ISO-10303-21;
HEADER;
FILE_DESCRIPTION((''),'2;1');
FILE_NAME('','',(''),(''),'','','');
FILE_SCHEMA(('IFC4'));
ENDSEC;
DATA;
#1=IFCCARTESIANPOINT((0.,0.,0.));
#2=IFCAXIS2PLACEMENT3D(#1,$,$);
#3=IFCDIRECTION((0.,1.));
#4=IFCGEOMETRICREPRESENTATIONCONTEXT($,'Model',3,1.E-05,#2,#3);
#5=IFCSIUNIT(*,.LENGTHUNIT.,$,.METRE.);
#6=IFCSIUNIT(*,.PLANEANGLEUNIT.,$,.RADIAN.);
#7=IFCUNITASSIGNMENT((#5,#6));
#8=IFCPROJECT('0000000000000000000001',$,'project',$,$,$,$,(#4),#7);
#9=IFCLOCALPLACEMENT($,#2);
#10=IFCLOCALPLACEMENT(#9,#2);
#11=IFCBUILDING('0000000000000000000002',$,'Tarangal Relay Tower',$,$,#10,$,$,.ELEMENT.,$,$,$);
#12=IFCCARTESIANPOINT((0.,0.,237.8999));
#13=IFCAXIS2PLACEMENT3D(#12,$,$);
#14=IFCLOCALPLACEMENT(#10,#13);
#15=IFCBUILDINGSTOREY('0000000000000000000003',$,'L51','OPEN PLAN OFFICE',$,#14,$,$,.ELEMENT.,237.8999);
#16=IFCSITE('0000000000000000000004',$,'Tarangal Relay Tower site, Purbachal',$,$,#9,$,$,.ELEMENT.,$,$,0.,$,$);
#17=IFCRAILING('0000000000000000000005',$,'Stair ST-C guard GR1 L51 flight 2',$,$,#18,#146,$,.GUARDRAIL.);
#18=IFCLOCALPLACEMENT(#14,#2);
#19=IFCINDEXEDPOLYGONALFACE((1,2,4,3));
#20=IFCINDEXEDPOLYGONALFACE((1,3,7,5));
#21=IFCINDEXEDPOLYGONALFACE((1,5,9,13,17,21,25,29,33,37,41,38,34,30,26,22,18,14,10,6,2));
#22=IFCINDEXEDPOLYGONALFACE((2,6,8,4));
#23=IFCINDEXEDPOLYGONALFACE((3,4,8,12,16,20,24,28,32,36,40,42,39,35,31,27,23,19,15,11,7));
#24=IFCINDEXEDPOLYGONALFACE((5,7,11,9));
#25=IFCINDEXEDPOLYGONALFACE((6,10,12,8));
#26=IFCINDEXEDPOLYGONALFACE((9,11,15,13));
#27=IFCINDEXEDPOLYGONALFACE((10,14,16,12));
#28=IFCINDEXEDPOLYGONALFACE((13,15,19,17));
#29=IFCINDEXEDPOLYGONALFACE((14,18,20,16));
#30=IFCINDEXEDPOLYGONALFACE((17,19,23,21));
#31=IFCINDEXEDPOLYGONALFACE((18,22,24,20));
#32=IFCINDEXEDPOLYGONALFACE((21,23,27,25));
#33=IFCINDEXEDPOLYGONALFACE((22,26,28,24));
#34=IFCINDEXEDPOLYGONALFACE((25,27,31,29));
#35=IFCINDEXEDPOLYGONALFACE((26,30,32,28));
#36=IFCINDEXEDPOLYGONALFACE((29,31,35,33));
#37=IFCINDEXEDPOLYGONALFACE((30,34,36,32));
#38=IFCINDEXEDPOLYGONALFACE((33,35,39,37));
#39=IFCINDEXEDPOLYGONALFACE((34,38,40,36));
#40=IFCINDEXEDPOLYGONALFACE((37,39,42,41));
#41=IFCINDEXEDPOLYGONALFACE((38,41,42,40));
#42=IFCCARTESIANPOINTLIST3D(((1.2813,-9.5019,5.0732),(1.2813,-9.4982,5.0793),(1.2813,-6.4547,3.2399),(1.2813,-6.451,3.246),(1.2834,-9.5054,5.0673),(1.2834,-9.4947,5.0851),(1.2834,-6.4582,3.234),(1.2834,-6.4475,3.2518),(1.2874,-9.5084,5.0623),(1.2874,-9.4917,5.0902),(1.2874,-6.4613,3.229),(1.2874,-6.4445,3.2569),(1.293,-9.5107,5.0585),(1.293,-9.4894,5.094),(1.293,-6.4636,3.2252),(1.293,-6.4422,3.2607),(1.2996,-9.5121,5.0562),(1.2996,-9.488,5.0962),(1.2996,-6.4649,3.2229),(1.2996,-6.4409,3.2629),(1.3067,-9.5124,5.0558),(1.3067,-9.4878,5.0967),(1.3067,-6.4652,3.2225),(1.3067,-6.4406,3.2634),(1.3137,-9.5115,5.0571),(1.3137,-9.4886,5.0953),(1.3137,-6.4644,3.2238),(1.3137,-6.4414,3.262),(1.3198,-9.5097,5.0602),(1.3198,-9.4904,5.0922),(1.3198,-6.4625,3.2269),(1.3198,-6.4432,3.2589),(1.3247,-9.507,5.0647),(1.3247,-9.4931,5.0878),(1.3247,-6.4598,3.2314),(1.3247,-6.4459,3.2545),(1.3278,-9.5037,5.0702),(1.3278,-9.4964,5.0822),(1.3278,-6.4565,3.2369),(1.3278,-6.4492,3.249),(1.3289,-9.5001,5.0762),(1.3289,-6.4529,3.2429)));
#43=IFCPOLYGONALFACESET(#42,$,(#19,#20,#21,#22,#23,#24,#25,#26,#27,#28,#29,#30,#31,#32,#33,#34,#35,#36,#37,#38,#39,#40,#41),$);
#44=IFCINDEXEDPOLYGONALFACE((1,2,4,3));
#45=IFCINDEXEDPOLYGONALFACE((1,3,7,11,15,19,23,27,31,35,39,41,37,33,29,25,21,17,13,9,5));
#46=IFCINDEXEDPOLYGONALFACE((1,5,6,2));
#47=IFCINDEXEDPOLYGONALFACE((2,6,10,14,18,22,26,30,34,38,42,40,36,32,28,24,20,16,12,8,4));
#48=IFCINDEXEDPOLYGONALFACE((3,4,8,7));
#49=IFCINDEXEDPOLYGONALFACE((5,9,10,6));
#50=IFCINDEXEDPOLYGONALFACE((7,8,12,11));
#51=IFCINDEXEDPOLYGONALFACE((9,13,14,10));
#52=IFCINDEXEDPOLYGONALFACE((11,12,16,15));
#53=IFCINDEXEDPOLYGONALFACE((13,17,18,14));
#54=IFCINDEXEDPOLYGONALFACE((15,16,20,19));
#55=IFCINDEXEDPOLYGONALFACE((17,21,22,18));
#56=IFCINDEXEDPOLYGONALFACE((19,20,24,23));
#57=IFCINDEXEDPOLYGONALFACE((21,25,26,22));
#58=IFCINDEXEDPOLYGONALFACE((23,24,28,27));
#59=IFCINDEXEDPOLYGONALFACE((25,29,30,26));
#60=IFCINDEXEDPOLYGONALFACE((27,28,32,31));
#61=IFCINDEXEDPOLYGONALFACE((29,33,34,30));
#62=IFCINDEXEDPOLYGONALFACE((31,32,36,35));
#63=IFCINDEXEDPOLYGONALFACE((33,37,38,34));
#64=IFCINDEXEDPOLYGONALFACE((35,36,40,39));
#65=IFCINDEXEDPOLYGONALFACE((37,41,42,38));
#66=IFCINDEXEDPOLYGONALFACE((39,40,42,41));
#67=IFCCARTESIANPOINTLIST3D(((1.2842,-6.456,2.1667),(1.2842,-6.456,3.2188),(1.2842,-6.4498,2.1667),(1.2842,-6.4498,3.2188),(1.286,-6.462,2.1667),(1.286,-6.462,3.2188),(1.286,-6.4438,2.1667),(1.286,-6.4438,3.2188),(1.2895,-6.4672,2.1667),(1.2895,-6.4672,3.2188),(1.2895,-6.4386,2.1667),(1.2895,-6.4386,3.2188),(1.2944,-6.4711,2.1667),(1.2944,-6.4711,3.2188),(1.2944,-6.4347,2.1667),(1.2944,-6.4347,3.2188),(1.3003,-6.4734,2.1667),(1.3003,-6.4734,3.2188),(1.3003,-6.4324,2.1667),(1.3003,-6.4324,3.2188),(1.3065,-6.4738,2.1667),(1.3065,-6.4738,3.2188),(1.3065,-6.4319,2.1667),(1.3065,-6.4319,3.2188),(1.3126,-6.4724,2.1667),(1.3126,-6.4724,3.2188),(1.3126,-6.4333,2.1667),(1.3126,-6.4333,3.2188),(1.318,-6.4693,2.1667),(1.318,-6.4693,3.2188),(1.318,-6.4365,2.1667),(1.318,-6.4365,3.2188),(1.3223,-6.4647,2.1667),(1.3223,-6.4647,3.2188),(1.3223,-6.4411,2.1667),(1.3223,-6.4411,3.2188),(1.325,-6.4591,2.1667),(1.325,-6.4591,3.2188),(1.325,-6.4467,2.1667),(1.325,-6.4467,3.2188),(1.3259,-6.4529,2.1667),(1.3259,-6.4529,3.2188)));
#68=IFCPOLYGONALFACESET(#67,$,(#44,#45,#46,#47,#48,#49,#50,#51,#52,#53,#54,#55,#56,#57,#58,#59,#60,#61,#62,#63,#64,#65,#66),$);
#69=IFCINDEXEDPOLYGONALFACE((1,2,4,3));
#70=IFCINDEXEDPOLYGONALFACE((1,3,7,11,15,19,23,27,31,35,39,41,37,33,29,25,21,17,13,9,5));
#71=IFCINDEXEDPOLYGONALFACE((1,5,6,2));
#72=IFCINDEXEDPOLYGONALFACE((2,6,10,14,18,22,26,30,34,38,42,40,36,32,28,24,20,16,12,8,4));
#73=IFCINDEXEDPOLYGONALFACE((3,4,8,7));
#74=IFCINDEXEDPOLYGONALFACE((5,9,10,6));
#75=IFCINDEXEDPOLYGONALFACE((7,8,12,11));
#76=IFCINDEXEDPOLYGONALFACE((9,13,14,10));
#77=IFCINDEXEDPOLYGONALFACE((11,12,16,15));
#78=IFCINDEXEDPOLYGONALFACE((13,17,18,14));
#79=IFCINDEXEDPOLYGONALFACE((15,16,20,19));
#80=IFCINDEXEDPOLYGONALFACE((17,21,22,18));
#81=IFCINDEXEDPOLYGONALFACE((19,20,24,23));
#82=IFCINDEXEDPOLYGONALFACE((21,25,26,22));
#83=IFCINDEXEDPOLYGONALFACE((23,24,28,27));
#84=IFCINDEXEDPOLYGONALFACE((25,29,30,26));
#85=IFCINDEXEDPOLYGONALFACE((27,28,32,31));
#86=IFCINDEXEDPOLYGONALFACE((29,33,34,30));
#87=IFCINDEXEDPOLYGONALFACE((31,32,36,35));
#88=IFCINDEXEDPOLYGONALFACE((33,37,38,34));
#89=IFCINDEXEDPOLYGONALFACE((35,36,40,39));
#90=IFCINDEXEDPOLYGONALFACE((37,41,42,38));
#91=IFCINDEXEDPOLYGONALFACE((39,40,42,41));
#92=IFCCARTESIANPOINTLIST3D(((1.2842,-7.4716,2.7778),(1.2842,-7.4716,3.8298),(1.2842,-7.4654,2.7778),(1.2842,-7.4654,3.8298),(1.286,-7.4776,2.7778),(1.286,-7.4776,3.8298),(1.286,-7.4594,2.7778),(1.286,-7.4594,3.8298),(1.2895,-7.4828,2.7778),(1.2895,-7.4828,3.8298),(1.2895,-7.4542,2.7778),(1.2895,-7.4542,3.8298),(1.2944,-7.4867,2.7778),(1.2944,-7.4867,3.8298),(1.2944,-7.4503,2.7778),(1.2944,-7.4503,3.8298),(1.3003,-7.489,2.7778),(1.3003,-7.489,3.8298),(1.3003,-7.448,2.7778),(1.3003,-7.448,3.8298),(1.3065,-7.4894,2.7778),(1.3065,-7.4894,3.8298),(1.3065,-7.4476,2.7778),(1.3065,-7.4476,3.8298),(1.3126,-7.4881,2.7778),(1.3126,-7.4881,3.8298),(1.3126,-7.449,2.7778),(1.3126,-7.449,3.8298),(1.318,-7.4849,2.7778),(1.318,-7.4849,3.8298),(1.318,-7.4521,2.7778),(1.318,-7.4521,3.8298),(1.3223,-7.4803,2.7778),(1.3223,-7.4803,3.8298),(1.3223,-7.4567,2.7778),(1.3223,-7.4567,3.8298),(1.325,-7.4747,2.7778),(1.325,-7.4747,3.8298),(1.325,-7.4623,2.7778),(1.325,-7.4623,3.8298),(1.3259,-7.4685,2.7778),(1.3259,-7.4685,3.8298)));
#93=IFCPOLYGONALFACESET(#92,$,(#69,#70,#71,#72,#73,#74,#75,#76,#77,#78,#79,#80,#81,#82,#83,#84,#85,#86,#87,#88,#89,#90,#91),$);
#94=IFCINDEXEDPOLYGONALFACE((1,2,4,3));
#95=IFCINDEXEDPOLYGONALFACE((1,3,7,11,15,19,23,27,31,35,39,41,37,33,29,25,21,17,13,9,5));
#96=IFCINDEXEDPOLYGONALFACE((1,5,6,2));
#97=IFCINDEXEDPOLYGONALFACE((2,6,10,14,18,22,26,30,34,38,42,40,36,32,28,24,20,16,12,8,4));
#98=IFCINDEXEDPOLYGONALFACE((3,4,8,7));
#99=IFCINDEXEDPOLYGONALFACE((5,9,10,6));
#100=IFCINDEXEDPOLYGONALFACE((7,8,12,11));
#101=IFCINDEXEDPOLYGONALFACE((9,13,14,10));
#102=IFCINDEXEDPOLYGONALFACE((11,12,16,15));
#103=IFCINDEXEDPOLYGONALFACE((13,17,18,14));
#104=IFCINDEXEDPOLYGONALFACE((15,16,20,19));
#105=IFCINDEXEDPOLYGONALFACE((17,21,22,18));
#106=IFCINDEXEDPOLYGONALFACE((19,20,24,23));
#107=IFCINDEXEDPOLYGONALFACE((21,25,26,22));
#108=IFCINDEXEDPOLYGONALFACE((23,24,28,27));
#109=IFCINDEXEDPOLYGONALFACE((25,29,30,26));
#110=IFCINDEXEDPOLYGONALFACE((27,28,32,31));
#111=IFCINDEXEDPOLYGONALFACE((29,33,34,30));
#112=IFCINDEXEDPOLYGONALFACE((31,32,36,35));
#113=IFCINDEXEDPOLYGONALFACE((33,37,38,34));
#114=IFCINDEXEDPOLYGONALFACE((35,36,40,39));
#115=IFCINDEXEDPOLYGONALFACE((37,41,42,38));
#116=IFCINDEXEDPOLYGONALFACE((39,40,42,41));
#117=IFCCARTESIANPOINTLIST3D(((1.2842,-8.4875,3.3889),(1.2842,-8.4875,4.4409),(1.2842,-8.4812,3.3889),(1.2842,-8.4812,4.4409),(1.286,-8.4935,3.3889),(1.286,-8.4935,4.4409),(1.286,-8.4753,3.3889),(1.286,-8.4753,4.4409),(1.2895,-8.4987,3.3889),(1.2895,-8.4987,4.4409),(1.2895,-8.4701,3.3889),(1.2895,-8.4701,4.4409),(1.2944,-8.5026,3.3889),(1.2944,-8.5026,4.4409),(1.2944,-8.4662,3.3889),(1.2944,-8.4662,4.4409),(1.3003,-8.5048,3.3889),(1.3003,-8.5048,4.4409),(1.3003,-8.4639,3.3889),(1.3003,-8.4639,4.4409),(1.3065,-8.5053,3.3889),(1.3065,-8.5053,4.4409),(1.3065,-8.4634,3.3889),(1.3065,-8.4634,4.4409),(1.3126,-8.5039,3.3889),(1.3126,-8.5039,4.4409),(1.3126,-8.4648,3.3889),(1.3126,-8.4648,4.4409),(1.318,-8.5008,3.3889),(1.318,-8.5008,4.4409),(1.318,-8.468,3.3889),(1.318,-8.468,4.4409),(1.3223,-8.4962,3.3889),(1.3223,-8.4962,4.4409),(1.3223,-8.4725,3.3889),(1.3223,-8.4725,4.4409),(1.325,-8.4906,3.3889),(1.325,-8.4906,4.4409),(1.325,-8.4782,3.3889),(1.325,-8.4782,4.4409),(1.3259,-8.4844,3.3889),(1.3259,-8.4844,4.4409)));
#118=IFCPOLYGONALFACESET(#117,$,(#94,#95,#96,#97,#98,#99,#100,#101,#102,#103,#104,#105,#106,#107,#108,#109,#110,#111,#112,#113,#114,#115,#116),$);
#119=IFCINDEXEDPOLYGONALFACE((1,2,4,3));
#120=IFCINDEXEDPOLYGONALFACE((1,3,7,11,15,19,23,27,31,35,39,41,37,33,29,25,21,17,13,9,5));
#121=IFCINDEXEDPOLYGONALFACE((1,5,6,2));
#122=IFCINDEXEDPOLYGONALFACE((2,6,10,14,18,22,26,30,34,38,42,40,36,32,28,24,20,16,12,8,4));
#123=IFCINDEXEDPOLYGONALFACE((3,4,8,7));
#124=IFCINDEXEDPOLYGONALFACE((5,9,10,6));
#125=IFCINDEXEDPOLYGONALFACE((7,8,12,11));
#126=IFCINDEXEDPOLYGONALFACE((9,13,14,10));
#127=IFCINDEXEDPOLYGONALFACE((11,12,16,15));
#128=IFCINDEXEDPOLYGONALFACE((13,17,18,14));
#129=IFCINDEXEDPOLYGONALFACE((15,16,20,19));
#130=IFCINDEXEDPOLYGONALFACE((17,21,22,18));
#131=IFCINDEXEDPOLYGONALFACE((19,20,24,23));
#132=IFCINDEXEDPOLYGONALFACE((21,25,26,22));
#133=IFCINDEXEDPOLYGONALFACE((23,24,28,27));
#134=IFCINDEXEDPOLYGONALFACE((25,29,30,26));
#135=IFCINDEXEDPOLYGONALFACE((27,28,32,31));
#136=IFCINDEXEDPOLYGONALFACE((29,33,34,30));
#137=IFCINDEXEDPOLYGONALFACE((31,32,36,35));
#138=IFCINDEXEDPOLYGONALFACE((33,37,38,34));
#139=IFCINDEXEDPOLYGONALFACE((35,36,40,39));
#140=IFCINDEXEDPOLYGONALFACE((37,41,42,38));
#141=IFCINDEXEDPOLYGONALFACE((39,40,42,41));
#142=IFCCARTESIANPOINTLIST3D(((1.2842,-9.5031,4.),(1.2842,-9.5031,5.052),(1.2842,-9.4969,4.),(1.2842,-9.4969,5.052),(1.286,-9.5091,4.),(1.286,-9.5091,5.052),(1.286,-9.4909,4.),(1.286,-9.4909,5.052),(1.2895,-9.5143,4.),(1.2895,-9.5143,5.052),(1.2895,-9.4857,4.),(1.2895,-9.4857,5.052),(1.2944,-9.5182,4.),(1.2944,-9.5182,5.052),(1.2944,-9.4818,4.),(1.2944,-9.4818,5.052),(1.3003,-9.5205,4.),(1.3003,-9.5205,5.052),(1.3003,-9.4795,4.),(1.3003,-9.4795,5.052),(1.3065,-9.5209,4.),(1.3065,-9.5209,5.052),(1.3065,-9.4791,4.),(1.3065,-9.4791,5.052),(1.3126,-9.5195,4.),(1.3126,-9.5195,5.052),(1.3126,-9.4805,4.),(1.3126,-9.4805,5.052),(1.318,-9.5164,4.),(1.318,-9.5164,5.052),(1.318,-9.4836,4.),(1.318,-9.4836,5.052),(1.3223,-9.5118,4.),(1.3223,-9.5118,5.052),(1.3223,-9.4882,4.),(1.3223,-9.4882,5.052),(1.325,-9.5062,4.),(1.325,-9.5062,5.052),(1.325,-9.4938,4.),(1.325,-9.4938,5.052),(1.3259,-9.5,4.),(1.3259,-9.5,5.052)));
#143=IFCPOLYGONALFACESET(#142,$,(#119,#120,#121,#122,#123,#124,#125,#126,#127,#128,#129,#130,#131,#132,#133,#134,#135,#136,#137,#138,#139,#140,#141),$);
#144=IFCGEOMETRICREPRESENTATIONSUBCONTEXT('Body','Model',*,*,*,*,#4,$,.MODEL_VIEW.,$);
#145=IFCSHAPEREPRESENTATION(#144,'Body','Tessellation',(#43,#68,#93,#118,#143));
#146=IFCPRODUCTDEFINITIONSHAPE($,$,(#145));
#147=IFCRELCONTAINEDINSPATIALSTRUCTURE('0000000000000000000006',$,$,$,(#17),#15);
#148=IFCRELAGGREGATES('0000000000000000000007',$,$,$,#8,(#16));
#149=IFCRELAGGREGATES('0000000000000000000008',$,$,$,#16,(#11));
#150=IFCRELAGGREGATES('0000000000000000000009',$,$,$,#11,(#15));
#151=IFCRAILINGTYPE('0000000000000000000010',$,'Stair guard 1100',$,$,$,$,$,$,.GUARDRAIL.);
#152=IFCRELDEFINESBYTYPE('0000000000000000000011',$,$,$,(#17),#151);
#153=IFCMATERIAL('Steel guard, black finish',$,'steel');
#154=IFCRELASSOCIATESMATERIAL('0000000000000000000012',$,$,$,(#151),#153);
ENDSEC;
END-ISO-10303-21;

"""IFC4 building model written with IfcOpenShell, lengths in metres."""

from ifc_helpers import new_model, si_unit, direction, frame, origin, origin_2d, place, context, subcontext, project, spatial, circle, extrude, material, type_object, element, save


model = new_model("IFC4")

# Units and contexts
model_context = context("Model", 3, precision=1e-05, world=origin(), true_north=direction((0.0, 1.0)))
body_context = subcontext(model_context, "Body", "Model", "MODEL_VIEW")
ifc_project = project(units=[si_unit("LENGTHUNIT", "METRE"), si_unit("PLANEANGLEUNIT", "RADIAN")], contexts=[model_context])

# Site, building, storey
site_placement = place(None, origin())
site = spatial("IfcSite", under=ifc_project, at=site_placement, Name="Tarangal Relay Tower site, Purbachal", CompositionType="ELEMENT", RefElevation=0.0)
building_placement = place(site_placement, origin())
building = spatial("IfcBuilding", under=site, at=building_placement, Name="Tarangal Relay Tower", CompositionType="ELEMENT")
storey_placement = place(building_placement, frame((0.0, 0.0, 237.8999)))
storey = spatial("IfcBuildingStorey", under=building, at=storey_placement, Name="L51", Description="OPEN PLAN OFFICE", CompositionType="ELEMENT", Elevation=237.8999)

# Railing
ifc_material_1 = material(Name="Steel guard, black finish", Category="steel")
railing_type_1 = type_object("IfcRailingType", Name="Stair guard 1100", PredefinedType="GUARDRAIL", material=ifc_material_1)
railing_1_placement = place(storey_placement, frame((1.3049, -6.4529, 2.1667)))
element("IfcRailing", 1, at=railing_1_placement, inside=storey, type_object=railing_type_1, Name="Stair ST-C guard GR1 L51 flight 2", PredefinedType="GUARDRAIL", context=body_context, shape_type="SweptSolid", body=[
    extrude(circle(Radius=0.0239, at=origin_2d()), frame((0.0, 0.0, 1.0762), z_axis=(0.0, -0.856874, 0.515525), x_axis=(1.0, 0.0, 0.0)), (0.0, 0.0, 1.0), 3.5562),
    extrude(circle(Radius=0.021, at=origin_2d()), origin(), (0.0, 0.0, 1.0), 1.052),
    extrude(circle(Radius=0.021, at=origin_2d()), frame((0.0, -1.0156, 0.6111)), (0.0, 0.0, 1.0), 1.052),
    extrude(circle(Radius=0.021, at=origin_2d()), frame((0.0, -2.0315, 1.2222)), (0.0, 0.0, 1.0), 1.052),
    extrude(circle(Radius=0.021, at=origin_2d()), frame((0.0, -3.0471, 1.8333)), (0.0, 0.0, 1.0), 1.052),
])

save(model, "model.ifc")
